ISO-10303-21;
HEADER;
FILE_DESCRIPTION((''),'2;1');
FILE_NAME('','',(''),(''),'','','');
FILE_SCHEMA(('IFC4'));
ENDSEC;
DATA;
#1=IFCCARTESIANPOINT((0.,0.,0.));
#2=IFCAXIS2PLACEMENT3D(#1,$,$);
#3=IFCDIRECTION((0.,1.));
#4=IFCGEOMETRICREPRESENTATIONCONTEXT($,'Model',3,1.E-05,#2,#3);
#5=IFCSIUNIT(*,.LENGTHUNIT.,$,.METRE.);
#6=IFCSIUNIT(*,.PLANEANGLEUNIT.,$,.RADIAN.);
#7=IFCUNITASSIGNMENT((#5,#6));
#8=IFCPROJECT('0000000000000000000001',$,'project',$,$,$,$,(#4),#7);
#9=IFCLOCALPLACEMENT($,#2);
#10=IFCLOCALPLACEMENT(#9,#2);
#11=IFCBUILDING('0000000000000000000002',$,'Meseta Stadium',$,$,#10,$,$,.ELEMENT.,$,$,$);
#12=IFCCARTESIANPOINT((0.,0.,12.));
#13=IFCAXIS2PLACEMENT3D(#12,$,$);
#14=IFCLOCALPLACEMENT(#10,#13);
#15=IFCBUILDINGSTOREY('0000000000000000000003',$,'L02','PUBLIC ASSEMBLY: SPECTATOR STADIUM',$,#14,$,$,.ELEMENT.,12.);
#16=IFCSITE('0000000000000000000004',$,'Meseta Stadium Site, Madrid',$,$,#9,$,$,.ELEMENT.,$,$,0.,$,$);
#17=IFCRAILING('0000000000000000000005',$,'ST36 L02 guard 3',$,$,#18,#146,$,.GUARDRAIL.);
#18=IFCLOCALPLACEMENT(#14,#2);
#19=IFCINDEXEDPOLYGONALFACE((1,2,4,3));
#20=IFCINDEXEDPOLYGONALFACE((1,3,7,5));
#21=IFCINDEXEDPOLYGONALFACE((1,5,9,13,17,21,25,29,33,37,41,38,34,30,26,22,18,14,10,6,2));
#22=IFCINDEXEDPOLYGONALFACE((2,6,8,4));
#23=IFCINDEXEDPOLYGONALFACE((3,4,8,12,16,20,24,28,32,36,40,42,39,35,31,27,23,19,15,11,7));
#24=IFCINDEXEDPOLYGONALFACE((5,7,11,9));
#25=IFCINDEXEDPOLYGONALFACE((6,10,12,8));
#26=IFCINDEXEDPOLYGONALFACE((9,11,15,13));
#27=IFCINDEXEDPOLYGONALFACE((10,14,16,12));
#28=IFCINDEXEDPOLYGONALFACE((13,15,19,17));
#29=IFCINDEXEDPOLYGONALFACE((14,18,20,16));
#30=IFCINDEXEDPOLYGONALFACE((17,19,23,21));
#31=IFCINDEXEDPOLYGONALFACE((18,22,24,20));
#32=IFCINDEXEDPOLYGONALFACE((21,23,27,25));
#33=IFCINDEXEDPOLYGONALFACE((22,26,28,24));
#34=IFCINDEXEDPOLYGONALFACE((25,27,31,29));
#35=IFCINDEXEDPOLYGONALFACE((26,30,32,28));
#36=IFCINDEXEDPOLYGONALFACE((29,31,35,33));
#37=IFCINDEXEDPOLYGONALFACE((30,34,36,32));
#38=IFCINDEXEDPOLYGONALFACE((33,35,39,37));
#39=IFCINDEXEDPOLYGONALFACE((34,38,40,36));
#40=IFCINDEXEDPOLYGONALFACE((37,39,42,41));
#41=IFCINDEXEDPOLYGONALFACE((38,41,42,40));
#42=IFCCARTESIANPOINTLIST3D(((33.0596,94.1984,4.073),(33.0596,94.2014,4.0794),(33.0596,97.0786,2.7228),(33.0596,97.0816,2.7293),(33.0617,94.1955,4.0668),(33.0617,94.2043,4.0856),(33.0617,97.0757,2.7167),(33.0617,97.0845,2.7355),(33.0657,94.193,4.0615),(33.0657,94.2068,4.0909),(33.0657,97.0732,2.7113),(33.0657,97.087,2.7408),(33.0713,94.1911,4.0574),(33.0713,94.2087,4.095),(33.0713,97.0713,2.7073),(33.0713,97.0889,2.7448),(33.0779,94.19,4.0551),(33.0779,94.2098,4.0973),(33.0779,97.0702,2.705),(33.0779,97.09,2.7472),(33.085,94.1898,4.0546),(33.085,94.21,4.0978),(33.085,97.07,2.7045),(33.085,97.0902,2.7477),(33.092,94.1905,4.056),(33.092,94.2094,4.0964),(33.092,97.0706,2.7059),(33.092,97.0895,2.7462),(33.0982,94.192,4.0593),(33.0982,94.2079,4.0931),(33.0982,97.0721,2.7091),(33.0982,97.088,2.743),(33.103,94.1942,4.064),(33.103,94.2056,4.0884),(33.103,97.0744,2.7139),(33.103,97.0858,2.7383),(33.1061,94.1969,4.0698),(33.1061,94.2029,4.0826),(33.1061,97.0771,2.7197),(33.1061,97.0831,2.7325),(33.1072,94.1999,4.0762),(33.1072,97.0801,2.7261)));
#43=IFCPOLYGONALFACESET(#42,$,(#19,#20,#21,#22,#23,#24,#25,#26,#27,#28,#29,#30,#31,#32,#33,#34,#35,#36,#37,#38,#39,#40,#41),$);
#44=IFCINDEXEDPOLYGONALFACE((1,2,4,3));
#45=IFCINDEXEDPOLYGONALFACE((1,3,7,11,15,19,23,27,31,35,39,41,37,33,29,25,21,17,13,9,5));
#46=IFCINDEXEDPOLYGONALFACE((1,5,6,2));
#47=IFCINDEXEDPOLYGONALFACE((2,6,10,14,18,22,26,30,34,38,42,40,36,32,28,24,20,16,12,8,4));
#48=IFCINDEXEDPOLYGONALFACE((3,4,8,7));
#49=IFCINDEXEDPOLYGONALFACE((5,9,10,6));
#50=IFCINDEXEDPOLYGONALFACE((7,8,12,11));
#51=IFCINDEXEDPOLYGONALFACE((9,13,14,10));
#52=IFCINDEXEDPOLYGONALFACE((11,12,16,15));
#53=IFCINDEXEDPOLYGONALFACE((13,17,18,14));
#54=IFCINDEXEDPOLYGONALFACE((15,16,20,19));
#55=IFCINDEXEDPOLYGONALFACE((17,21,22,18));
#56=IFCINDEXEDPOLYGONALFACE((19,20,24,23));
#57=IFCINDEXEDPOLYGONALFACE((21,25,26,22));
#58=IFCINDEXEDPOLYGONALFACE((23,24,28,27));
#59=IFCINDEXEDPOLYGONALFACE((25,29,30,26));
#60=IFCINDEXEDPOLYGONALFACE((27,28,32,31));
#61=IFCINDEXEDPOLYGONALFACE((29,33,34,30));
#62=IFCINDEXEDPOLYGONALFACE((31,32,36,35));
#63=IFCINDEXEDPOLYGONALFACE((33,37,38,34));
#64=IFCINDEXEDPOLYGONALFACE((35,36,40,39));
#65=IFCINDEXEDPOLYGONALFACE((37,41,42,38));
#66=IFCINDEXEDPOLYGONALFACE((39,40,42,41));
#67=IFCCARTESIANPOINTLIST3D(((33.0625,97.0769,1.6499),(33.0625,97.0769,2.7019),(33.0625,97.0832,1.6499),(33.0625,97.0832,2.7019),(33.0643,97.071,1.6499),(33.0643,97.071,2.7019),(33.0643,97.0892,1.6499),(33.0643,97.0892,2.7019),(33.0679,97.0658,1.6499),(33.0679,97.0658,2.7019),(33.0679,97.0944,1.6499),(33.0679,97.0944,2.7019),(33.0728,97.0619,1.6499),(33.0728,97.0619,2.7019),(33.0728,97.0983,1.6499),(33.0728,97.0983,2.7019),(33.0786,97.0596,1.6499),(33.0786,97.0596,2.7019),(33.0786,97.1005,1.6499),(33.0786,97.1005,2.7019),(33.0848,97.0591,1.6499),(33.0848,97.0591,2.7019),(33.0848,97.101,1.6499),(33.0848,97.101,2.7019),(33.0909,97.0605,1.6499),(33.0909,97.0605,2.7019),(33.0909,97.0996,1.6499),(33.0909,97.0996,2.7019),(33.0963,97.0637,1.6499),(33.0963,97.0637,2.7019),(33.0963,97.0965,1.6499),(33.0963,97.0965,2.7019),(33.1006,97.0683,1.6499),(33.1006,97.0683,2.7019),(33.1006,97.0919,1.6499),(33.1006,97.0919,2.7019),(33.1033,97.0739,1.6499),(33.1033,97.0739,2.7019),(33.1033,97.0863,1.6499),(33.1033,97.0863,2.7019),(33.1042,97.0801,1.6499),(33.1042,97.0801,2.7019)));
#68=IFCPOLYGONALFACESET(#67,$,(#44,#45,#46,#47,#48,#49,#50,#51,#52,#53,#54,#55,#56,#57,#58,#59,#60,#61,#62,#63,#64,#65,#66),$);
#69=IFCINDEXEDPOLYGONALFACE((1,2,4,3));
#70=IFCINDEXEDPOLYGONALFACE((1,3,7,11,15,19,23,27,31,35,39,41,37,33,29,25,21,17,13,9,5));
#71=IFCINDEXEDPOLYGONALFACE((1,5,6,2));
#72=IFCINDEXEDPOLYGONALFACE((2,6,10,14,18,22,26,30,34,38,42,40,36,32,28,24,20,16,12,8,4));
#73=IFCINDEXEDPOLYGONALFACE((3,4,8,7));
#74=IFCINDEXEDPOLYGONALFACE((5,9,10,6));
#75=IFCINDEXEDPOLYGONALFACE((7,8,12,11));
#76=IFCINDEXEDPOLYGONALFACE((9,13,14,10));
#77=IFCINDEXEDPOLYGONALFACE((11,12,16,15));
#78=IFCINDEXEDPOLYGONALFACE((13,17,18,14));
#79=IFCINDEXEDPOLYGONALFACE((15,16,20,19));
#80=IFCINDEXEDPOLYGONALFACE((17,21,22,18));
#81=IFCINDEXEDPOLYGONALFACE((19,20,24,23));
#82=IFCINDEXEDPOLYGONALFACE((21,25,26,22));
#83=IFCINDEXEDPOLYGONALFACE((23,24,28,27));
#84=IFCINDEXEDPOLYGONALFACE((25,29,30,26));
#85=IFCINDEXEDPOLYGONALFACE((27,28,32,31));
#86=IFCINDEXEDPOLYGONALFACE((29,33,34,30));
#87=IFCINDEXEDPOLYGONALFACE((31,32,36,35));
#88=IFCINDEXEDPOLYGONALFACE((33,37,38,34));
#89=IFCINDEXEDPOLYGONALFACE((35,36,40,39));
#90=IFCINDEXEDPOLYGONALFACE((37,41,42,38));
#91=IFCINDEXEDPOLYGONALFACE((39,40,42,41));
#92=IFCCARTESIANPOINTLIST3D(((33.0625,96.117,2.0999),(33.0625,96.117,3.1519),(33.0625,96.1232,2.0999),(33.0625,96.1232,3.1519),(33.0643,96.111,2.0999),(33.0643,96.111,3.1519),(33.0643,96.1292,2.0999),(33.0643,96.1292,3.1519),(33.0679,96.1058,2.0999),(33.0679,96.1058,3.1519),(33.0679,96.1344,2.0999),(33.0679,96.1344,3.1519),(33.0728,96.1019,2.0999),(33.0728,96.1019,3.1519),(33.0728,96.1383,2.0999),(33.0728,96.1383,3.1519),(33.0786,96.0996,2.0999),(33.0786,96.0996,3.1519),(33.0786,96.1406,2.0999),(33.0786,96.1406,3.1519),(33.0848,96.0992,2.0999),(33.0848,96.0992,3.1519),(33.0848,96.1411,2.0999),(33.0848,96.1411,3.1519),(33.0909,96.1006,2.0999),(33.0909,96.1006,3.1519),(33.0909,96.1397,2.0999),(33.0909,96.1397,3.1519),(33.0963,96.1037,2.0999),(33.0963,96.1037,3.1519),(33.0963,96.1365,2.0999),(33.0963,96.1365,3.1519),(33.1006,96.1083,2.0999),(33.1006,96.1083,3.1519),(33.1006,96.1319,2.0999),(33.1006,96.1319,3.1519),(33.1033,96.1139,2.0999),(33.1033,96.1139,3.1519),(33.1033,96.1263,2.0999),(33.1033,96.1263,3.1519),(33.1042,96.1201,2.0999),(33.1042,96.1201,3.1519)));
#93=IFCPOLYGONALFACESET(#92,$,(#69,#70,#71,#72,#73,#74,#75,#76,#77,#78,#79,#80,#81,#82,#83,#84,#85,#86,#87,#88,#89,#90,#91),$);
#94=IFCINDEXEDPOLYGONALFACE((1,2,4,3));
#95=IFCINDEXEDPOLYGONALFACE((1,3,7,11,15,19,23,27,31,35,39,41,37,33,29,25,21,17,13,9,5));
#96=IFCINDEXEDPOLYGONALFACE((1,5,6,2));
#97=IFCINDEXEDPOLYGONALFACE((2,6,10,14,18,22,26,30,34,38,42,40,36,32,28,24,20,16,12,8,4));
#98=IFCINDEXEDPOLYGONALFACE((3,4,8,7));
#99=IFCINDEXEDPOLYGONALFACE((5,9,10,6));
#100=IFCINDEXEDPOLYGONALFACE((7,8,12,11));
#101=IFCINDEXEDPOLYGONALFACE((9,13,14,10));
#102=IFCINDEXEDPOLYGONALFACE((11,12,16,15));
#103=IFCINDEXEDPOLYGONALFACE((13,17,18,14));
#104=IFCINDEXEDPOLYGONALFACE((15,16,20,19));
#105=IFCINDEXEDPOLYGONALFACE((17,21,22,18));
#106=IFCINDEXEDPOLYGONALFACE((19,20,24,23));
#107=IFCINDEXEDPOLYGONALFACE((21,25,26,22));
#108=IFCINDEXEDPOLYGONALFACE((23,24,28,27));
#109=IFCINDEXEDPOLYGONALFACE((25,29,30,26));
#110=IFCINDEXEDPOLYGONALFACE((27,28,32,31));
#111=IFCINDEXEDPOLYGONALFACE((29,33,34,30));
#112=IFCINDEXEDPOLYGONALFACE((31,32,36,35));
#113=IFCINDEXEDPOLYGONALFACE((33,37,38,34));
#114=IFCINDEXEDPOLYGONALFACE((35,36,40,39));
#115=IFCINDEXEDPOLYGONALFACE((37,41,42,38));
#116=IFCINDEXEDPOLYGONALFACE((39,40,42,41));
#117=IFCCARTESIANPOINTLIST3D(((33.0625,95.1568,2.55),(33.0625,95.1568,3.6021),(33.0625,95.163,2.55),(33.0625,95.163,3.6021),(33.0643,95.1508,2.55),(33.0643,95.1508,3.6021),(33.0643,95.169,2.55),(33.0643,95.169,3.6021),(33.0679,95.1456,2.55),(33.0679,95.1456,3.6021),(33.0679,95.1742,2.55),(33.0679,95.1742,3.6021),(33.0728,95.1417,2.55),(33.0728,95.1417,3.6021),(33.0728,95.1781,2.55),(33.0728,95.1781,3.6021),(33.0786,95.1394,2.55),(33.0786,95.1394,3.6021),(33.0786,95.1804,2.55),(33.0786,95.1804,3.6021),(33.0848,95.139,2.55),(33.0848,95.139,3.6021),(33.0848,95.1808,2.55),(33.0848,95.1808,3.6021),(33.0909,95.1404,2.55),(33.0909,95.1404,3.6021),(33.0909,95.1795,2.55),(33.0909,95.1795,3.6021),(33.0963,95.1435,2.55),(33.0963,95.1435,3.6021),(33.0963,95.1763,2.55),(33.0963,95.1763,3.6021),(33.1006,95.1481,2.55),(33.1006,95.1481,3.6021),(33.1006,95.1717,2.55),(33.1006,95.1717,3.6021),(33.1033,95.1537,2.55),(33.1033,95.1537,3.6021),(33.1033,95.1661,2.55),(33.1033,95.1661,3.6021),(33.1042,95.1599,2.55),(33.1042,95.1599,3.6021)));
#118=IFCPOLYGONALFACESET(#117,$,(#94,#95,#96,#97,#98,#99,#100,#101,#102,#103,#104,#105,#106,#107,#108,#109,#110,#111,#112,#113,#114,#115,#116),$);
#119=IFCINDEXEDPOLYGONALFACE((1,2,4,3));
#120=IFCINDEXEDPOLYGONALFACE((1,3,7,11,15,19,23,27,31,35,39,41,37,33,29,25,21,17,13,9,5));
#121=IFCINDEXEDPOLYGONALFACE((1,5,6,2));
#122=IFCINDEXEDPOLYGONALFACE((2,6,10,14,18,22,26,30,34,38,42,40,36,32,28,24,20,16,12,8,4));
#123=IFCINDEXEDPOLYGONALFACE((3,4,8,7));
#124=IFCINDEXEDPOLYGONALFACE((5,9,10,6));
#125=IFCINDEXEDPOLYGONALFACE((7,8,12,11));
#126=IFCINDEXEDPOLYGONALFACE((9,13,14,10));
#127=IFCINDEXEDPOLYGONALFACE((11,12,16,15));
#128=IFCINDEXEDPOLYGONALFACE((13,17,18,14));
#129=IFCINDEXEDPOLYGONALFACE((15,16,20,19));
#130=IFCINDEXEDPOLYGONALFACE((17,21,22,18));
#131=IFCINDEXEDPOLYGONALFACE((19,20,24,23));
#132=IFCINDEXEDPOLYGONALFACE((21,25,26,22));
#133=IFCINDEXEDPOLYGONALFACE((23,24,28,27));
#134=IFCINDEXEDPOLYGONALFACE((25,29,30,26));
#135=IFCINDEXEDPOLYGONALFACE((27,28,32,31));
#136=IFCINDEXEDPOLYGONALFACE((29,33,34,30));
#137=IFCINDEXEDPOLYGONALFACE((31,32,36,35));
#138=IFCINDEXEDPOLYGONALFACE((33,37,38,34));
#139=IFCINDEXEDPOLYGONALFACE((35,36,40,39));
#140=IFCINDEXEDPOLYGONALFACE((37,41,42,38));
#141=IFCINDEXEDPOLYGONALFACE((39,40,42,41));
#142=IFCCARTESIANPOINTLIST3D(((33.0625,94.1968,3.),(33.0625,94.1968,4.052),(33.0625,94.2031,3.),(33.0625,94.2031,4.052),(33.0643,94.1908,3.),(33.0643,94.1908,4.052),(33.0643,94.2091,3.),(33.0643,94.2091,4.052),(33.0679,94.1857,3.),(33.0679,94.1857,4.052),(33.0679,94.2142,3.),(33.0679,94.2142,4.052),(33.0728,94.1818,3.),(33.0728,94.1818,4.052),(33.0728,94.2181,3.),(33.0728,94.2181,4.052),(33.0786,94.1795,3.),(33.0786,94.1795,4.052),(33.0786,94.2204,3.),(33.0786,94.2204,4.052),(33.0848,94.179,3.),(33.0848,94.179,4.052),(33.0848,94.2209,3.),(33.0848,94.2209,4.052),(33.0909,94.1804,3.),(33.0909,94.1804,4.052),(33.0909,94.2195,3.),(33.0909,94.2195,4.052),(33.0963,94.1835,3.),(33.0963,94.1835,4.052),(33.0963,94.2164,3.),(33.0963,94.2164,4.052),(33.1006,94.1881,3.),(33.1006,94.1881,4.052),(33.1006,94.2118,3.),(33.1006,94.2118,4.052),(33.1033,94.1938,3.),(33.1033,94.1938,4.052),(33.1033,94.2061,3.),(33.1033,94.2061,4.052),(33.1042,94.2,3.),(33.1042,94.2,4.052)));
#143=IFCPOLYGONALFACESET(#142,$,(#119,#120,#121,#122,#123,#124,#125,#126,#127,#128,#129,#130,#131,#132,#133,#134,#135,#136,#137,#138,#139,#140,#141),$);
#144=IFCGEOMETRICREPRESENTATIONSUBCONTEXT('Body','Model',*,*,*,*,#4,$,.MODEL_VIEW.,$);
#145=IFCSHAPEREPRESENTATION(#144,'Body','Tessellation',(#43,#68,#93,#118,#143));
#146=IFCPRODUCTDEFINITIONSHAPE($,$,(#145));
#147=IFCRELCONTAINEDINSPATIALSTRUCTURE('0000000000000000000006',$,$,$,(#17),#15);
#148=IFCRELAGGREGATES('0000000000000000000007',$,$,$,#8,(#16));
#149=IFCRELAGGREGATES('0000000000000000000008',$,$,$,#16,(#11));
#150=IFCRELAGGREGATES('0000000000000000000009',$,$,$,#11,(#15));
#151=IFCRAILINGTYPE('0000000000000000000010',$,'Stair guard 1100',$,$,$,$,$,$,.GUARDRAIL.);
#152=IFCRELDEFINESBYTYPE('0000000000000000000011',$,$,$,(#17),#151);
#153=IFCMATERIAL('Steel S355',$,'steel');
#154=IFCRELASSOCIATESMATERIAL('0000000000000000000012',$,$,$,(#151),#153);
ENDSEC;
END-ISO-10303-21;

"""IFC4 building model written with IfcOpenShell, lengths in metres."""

from ifc_helpers import new_model, si_unit, direction, frame, origin, origin_2d, place, context, subcontext, project, spatial, circle, extrude, material, type_object, element, save


model = new_model("IFC4")

# Units and contexts
model_context = context("Model", 3, precision=1e-05, world=origin(), true_north=direction((0.0, 1.0)))
body_context = subcontext(model_context, "Body", "Model", "MODEL_VIEW")
ifc_project = project(units=[si_unit("LENGTHUNIT", "METRE"), si_unit("PLANEANGLEUNIT", "RADIAN")], contexts=[model_context])

# Site, building, storey
site_placement = place(None, origin())
site = spatial("IfcSite", under=ifc_project, at=site_placement, Name="Meseta Stadium Site, Madrid", CompositionType="ELEMENT", RefElevation=0.0)
building_placement = place(site_placement, origin())
building = spatial("IfcBuilding", under=site, at=building_placement, Name="Meseta Stadium", CompositionType="ELEMENT")
storey_placement = place(building_placement, frame((0.0, 0.0, 12.0)))
storey = spatial("IfcBuildingStorey", under=building, at=storey_placement, Name="L02", Description="PUBLIC ASSEMBLY: SPECTATOR STADIUM", CompositionType="ELEMENT", Elevation=12.0)

# Railing
ifc_material_1 = material(Name="Steel S355", Category="steel")
railing_type_1 = type_object("IfcRailingType", Name="Stair guard 1100", PredefinedType="GUARDRAIL", material=ifc_material_1)
railing_1_placement = place(storey_placement, frame((33.0833, 97.0801, 1.6499)))
element("IfcRailing", 1, at=railing_1_placement, inside=storey, type_object=railing_type_1, Name="ST36 L02 guard 3", PredefinedType="GUARDRAIL", context=body_context, shape_type="SweptSolid", body=[
    extrude(circle(Radius=0.0239, at=origin_2d()), frame((0.0, 0.0, 1.0762), z_axis=(0.0, -0.905454, 0.424444), x_axis=(1.0, 0.0, 0.0)), (0.0, 0.0, 1.0), 3.1809),
    extrude(circle(Radius=0.021, at=origin_2d()), origin(), (0.0, 0.0, 1.0), 1.052),
    extrude(circle(Radius=0.021, at=origin_2d()), frame((0.0, -0.96, 0.45)), (0.0, 0.0, 1.0), 1.052),
    extrude(circle(Radius=0.021, at=origin_2d()), frame((0.0, -1.9202, 0.9001)), (0.0, 0.0, 1.0), 1.052),
    extrude(circle(Radius=0.021, at=origin_2d()), frame((0.0, -2.8801, 1.3501)), (0.0, 0.0, 1.0), 1.052),
])

save(model, "model.ifc")
